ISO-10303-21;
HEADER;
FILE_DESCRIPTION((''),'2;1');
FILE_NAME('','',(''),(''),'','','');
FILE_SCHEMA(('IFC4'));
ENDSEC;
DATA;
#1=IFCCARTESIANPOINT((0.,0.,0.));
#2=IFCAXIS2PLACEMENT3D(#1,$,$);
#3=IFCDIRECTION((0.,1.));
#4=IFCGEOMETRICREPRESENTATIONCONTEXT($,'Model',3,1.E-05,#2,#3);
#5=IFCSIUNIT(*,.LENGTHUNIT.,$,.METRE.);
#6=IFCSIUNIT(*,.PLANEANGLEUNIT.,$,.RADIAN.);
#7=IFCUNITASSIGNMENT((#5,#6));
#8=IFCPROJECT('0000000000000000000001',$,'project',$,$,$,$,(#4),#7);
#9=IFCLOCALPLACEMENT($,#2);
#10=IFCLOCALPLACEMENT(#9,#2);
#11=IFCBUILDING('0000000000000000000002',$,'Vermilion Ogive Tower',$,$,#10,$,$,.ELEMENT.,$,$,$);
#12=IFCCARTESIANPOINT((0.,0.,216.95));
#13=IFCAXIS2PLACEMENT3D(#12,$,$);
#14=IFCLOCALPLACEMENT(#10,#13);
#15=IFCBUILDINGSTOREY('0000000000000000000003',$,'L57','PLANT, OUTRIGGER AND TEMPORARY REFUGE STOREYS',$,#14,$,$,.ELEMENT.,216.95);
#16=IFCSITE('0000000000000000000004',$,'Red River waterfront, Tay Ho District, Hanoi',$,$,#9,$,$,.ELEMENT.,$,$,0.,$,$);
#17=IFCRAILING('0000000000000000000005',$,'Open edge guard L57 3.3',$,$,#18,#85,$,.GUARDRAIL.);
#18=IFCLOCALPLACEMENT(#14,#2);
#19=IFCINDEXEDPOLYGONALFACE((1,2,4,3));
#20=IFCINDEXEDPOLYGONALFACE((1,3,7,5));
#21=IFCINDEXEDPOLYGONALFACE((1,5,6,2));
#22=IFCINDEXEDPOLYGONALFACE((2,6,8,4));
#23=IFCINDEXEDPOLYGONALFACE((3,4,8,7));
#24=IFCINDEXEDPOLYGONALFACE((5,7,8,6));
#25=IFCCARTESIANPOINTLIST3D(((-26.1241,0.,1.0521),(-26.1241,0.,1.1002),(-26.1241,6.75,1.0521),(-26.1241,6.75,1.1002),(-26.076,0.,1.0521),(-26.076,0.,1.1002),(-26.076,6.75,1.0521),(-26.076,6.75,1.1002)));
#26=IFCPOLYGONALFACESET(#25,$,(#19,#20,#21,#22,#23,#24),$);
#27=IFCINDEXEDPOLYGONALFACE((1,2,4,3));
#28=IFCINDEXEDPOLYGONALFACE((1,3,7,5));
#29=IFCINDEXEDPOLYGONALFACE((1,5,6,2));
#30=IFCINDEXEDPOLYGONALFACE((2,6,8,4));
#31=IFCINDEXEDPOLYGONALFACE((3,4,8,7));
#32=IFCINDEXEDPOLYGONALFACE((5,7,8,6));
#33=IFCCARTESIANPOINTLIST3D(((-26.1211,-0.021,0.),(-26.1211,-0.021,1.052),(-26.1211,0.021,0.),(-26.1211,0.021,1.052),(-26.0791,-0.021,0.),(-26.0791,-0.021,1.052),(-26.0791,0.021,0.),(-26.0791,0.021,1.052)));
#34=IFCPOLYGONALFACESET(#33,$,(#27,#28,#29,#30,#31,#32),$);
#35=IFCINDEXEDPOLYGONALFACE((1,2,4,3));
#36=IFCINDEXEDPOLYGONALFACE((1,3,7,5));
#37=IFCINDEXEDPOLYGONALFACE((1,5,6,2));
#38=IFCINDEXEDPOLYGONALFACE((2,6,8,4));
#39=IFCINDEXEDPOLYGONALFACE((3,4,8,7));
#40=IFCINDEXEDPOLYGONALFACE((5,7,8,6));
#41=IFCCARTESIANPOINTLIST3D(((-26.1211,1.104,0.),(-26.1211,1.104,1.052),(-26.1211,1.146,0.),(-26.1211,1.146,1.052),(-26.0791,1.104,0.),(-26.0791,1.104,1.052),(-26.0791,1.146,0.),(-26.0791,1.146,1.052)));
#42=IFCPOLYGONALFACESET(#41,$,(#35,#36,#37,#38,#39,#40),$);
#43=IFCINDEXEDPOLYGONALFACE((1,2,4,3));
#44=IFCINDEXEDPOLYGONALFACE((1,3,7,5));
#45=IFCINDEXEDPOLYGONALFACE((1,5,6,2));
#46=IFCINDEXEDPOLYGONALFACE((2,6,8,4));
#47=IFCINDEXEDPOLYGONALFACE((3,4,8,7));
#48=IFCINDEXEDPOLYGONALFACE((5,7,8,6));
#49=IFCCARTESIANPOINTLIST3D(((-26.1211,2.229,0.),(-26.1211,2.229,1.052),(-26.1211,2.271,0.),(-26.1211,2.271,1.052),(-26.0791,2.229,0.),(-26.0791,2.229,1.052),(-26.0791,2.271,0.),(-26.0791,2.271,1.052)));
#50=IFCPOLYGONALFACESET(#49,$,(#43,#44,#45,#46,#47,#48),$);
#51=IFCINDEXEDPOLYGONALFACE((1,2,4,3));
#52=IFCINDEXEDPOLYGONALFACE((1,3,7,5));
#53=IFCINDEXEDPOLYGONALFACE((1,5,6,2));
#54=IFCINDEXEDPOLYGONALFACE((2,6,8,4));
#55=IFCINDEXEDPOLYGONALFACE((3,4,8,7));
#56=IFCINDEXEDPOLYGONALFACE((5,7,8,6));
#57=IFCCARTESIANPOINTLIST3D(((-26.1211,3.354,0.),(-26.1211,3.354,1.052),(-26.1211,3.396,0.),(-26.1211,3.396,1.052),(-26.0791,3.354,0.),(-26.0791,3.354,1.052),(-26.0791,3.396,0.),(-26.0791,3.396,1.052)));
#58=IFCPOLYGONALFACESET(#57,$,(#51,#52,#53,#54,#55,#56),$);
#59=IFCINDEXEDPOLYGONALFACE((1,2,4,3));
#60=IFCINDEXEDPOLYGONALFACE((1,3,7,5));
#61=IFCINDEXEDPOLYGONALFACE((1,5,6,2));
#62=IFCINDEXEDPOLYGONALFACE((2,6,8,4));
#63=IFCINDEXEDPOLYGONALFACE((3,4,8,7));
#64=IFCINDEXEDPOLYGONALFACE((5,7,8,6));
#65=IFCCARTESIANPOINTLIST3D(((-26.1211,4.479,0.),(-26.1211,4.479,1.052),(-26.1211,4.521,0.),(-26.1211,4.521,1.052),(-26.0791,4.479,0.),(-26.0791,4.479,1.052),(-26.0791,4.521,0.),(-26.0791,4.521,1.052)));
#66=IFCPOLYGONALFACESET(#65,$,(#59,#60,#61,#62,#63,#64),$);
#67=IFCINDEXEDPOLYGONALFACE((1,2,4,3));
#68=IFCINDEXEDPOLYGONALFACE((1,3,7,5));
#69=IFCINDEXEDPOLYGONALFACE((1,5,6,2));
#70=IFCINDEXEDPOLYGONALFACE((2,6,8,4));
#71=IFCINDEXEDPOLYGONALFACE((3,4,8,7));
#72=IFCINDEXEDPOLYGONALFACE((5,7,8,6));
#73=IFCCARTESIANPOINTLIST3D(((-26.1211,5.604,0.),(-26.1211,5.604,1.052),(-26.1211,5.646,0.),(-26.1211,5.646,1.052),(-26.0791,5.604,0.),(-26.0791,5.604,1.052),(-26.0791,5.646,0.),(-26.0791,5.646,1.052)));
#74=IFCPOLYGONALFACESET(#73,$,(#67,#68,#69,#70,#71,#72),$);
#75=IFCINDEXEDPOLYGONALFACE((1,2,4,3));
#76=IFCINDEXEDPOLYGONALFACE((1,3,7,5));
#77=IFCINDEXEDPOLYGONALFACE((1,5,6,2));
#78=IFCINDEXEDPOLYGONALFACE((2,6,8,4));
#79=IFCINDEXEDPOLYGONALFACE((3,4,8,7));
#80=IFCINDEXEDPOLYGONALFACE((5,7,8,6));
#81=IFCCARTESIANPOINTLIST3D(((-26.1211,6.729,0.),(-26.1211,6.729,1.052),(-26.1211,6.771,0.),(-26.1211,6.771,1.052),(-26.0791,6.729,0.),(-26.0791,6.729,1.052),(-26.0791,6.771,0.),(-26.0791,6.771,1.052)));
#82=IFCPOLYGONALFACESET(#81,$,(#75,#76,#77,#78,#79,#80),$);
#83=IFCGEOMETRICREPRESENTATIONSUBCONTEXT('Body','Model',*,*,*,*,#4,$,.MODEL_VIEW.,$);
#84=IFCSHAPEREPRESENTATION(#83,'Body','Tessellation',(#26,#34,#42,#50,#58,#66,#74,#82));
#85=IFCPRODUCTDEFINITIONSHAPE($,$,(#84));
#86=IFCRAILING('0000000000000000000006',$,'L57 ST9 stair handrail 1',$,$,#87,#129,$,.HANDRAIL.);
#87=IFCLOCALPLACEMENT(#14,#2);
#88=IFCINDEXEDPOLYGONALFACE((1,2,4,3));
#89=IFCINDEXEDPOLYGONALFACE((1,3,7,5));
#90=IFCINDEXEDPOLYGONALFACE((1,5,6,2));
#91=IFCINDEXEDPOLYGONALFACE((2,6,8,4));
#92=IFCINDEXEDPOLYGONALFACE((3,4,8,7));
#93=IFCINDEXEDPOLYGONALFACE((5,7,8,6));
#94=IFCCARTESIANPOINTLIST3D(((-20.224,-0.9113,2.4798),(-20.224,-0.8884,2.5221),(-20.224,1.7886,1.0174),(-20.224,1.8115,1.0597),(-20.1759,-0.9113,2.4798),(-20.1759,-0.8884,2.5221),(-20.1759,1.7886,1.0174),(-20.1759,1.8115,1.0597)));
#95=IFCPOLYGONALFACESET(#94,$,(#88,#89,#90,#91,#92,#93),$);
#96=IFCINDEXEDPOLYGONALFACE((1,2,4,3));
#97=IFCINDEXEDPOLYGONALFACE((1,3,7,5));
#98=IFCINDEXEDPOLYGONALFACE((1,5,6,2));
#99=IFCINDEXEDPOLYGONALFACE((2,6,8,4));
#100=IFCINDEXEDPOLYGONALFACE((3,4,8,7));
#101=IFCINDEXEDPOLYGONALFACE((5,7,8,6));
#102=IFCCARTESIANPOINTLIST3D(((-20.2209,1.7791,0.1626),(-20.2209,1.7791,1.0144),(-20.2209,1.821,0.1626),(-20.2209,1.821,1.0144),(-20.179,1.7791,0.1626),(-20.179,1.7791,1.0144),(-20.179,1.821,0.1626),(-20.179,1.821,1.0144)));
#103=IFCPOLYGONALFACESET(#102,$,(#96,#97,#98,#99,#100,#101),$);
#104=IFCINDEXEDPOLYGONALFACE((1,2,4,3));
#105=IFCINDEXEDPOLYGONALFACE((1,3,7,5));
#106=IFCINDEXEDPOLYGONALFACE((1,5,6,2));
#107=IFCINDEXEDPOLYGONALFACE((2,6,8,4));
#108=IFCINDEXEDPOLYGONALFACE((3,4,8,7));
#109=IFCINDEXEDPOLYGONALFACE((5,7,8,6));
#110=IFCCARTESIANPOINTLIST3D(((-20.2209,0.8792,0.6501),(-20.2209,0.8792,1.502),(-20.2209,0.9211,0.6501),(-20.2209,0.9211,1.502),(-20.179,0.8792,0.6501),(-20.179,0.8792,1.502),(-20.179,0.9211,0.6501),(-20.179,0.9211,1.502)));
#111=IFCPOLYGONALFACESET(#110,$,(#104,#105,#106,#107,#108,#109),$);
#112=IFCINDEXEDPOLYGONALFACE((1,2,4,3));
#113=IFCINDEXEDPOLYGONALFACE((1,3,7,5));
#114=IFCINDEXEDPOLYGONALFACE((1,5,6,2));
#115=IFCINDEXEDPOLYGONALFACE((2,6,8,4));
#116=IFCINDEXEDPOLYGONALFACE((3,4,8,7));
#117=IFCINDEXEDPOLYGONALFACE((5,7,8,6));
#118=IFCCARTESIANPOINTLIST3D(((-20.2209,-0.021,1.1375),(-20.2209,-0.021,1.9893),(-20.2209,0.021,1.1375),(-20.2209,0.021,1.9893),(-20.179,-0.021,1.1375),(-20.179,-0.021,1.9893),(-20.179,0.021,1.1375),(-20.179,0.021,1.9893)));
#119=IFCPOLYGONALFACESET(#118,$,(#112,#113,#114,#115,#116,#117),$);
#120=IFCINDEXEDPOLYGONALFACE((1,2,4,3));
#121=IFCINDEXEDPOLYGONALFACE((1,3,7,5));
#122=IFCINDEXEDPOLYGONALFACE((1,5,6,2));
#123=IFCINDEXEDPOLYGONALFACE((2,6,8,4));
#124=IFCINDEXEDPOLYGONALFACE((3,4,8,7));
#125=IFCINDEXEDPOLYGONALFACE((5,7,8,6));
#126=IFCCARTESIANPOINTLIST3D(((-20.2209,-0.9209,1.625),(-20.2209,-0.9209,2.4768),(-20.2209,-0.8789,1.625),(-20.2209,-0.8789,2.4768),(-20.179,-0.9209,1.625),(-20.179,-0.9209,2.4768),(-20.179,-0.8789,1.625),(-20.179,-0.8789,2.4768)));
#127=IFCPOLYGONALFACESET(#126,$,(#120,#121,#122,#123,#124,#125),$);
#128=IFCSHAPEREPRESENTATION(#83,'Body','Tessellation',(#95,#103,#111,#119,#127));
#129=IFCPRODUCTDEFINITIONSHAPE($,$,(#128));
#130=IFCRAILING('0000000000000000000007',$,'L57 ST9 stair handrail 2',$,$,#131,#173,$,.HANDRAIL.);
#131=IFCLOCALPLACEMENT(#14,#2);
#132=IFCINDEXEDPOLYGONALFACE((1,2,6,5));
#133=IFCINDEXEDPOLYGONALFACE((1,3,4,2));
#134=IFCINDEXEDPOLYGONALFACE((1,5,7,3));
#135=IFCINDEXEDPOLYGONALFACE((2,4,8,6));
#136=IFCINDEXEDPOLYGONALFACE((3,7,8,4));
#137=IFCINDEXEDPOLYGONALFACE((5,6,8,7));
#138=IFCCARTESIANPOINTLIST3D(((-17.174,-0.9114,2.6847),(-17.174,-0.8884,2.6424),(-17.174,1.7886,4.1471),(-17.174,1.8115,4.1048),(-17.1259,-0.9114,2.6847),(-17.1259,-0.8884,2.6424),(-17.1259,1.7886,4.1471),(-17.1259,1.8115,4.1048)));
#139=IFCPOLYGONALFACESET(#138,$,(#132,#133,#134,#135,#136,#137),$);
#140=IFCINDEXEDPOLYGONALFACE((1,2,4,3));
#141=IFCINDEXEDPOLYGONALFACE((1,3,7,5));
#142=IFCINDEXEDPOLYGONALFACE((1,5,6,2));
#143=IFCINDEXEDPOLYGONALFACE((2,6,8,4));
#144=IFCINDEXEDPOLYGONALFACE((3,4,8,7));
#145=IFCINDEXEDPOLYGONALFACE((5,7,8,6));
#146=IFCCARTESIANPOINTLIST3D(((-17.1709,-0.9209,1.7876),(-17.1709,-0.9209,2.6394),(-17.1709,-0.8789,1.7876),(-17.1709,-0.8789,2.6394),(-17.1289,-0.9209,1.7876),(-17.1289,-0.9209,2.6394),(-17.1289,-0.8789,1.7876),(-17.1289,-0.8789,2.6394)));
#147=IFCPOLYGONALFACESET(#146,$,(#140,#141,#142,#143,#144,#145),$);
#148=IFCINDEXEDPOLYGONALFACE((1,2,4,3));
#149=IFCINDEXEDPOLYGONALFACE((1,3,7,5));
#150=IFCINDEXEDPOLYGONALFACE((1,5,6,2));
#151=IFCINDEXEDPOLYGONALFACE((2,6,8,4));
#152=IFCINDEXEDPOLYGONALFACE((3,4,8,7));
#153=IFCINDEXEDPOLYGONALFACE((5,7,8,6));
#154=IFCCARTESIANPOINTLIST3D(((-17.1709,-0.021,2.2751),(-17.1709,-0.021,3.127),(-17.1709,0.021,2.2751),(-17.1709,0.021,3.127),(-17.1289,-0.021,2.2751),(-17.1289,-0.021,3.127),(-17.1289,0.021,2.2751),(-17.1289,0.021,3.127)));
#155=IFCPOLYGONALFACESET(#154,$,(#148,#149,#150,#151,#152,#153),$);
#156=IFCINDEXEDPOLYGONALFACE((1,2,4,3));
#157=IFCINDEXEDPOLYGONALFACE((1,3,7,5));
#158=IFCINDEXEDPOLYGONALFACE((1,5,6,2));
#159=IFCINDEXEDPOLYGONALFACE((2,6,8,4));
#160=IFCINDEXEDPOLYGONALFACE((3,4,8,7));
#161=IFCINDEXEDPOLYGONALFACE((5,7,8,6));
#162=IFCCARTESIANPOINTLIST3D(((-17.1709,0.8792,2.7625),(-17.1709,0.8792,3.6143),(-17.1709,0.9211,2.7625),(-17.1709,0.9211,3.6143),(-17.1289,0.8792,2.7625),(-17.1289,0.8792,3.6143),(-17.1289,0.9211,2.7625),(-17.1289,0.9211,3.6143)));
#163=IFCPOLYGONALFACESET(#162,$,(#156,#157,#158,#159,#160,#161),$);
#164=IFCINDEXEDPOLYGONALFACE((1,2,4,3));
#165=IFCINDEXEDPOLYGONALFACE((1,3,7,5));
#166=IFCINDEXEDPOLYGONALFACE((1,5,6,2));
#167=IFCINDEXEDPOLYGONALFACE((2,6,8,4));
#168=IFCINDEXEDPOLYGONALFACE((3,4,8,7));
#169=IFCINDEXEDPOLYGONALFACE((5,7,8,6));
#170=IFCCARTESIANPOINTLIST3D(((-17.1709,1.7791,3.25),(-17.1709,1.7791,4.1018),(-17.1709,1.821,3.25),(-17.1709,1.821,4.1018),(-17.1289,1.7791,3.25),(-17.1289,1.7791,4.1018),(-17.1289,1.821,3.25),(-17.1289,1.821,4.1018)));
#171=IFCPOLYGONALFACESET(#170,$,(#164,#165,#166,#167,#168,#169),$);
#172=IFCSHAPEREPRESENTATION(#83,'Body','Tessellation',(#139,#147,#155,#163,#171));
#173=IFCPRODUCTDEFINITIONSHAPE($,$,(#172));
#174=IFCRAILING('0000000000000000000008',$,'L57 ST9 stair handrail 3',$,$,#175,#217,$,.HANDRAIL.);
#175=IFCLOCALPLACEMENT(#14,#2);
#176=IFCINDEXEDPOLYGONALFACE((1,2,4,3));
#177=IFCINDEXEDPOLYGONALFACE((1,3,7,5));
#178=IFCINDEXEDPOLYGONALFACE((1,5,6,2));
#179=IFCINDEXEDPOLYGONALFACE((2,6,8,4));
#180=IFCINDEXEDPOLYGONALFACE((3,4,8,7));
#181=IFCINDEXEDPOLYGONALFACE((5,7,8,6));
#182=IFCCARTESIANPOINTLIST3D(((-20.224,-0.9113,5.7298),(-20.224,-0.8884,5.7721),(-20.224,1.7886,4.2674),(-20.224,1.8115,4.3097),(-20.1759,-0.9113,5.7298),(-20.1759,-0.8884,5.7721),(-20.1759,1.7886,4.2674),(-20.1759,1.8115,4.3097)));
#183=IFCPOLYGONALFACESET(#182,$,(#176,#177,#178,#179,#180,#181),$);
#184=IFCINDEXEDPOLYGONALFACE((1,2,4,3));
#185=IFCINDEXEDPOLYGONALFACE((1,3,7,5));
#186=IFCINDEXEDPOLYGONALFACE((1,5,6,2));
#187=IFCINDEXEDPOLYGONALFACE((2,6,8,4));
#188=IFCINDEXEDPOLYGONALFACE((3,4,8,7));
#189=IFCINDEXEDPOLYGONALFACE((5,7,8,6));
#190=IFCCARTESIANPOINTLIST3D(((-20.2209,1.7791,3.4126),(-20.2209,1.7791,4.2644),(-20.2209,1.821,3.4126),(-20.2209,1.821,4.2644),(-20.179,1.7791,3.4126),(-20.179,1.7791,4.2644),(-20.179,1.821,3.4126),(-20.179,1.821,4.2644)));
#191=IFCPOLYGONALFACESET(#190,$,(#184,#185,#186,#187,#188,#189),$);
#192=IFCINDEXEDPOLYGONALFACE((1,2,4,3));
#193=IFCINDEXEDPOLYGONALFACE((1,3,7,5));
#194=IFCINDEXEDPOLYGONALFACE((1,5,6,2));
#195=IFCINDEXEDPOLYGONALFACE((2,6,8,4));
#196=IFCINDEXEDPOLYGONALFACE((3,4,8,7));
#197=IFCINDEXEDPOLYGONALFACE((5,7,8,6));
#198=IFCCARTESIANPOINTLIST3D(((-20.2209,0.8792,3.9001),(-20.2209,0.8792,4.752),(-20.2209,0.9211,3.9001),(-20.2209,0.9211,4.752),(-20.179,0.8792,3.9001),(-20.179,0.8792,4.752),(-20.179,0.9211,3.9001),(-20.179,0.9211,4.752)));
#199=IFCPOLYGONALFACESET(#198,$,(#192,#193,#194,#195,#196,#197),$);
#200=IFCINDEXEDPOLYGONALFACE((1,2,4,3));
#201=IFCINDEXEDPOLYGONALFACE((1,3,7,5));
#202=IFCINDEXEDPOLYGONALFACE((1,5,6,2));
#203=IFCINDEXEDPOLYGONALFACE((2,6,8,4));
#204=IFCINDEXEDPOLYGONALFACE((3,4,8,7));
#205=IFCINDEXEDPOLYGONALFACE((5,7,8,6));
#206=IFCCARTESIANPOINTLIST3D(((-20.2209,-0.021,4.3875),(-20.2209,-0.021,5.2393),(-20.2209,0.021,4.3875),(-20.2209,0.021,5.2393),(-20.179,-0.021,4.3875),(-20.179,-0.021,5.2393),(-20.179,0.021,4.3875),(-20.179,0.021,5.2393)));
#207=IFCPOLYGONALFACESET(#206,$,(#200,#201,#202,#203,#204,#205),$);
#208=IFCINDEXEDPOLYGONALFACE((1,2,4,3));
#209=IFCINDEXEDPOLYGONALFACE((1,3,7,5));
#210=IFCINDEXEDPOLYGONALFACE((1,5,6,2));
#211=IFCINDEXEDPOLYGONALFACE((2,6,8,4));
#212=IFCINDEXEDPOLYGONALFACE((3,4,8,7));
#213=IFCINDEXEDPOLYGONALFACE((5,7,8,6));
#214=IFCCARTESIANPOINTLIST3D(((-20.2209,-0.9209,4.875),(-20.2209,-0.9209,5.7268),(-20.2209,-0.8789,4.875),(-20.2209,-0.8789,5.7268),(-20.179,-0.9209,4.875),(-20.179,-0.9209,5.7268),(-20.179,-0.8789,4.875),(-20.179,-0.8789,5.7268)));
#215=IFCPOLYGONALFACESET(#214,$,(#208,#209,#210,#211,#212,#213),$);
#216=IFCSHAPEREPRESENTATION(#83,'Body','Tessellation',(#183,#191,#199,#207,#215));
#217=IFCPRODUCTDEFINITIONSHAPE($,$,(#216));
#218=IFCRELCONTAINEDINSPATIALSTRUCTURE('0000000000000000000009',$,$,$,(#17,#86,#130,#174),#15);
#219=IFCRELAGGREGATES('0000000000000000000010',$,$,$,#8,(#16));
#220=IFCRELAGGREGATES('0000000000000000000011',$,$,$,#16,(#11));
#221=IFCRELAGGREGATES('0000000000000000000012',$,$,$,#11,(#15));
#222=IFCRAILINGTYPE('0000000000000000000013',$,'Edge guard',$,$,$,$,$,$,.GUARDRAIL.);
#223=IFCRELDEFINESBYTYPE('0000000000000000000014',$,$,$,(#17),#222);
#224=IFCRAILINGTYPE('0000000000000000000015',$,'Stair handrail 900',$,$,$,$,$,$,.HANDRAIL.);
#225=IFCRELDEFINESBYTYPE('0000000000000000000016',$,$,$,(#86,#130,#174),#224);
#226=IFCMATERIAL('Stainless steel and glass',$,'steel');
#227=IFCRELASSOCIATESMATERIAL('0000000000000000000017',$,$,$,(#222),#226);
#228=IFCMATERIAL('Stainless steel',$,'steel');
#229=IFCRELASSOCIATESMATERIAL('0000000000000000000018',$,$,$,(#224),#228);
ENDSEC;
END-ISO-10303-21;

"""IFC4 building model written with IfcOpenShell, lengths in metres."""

from ifc_helpers import new_model, si_unit, direction, frame, origin, origin_2d, place, context, subcontext, project, spatial, rectangle, extrude, material, type_object, element, save


model = new_model("IFC4")

# Units and contexts
model_context = context("Model", 3, precision=1e-05, world=origin(), true_north=direction((0.0, 1.0)))
body_context = subcontext(model_context, "Body", "Model", "MODEL_VIEW")
ifc_project = project(units=[si_unit("LENGTHUNIT", "METRE"), si_unit("PLANEANGLEUNIT", "RADIAN")], contexts=[model_context])

# Site, building, storey
site_placement = place(None, origin())
site = spatial("IfcSite", under=ifc_project, at=site_placement, Name="Red River waterfront, Tay Ho District, Hanoi", CompositionType="ELEMENT", RefElevation=0.0)
building_placement = place(site_placement, origin())
building = spatial("IfcBuilding", under=site, at=building_placement, Name="Vermilion Ogive Tower", CompositionType="ELEMENT")
storey_placement = place(building_placement, frame((0.0, 0.0, 216.95)))
storey = spatial("IfcBuildingStorey", under=building, at=storey_placement, Name="L57", Description="PLANT, OUTRIGGER AND TEMPORARY REFUGE STOREYS", CompositionType="ELEMENT", Elevation=216.95)

# Railings
ifc_material_1 = material(Name="Stainless steel and glass", Category="steel")
railing_type_1 = type_object("IfcRailingType", Name="Edge guard", PredefinedType="GUARDRAIL", material=ifc_material_1)
railing_1_placement = place(storey_placement, frame((-26.1001, 0.0, 0.0)))
element("IfcRailing", 1, at=railing_1_placement, inside=storey, type_object=railing_type_1, Name="Open edge guard L57 3.3", PredefinedType="GUARDRAIL", context=body_context, shape_type="SweptSolid", body=[
    extrude(rectangle(XDim=0.0481, YDim=0.0481, at=origin_2d()), frame((0.0, 0.0, 1.0762), z_axis=(0.0, 1.0, 0.0), x_axis=(-1.0, 0.0, 0.0)), (0.0, 0.0, 1.0), 6.75),
    extrude(rectangle(XDim=0.042, YDim=0.042, at=origin_2d()), origin(), (0.0, 0.0, 1.0), 1.052),
    extrude(rectangle(XDim=0.042, YDim=0.042, at=origin_2d()), frame((0.0, 1.125, 0.0)), (0.0, 0.0, 1.0), 1.052),
    extrude(rectangle(XDim=0.042, YDim=0.042, at=origin_2d()), frame((0.0, 2.25, 0.0)), (0.0, 0.0, 1.0), 1.052),
    extrude(rectangle(XDim=0.042, YDim=0.042, at=origin_2d()), frame((0.0, 3.375, 0.0)), (0.0, 0.0, 1.0), 1.052),
    extrude(rectangle(XDim=0.042, YDim=0.042, at=origin_2d()), frame((0.0, 4.5, 0.0)), (0.0, 0.0, 1.0), 1.052),
    extrude(rectangle(XDim=0.042, YDim=0.042, at=origin_2d()), frame((0.0, 5.625, 0.0)), (0.0, 0.0, 1.0), 1.052),
    extrude(rectangle(XDim=0.042, YDim=0.042, at=origin_2d()), frame((0.0, 6.75, 0.0)), (0.0, 0.0, 1.0), 1.052),
])
ifc_material_2 = material(Name="Stainless steel", Category="steel")
railing_type_2 = type_object("IfcRailingType", Name="Stair handrail 900", PredefinedType="HANDRAIL", material=ifc_material_2)
railing_2_placement = place(storey_placement, frame((-20.2, 1.8, 0.1626)))
element("IfcRailing", 2, at=railing_2_placement, inside=storey, type_object=railing_type_2, Name="L57 ST9 stair handrail 1", PredefinedType="HANDRAIL", context=body_context, shape_type="SweptSolid", body=[
    extrude(rectangle(XDim=0.0481, YDim=0.0481, at=origin_2d()), frame((0.0, 0.0, 0.876), z_axis=(0.0, -0.879302, 0.476265), x_axis=(1.0, 0.0, 0.0)), (0.0, 0.0, 1.0), 3.0706),
    extrude(rectangle(XDim=0.042, YDim=0.042, at=origin_2d()), origin(), (0.0, 0.0, 1.0), 0.8518),
    extrude(rectangle(XDim=0.042, YDim=0.042, at=origin_2d()), frame((0.0, -0.8999, 0.4875)), (0.0, 0.0, 1.0), 0.8518),
    extrude(rectangle(XDim=0.042, YDim=0.042, at=origin_2d()), frame((0.0, -1.8, 0.9749)), (0.0, 0.0, 1.0), 0.8518),
    extrude(rectangle(XDim=0.042, YDim=0.042, at=origin_2d()), frame((0.0, -2.7, 1.4624)), (0.0, 0.0, 1.0), 0.8518),
])
railing_3_placement = place(storey_placement, frame((-17.1499, -0.8999, 1.7876)))
element("IfcRailing", 3, at=railing_3_placement, inside=storey, type_object=railing_type_2, Name="L57 ST9 stair handrail 2", PredefinedType="HANDRAIL", context=body_context, shape_type="SweptSolid", body=[
    extrude(rectangle(XDim=0.0481, YDim=0.0481, at=origin_2d()), frame((0.0, 0.0, 0.876), z_axis=(0.0, 0.879302, 0.476265), x_axis=(-1.0, 0.0, 0.0)), (0.0, 0.0, 1.0), 3.0706),
    extrude(rectangle(XDim=0.042, YDim=0.042, at=origin_2d()), origin(), (0.0, 0.0, 1.0), 0.8518),
    extrude(rectangle(XDim=0.042, YDim=0.042, at=origin_2d()), frame((0.0, 0.8999, 0.4875)), (0.0, 0.0, 1.0), 0.8518),
    extrude(rectangle(XDim=0.042, YDim=0.042, at=origin_2d()), frame((0.0, 1.8, 0.9749)), (0.0, 0.0, 1.0), 0.8518),
    extrude(rectangle(XDim=0.042, YDim=0.042, at=origin_2d()), frame((0.0, 2.7, 1.4624)), (0.0, 0.0, 1.0), 0.8518),
])
railing_4_placement = place(storey_placement, frame((-20.2, 1.8, 3.4126)))
element("IfcRailing", 4, at=railing_4_placement, inside=storey, type_object=railing_type_2, Name="L57 ST9 stair handrail 3", PredefinedType="HANDRAIL", context=body_context, shape_type="SweptSolid", body=[
    extrude(rectangle(XDim=0.0481, YDim=0.0481, at=origin_2d()), frame((0.0, 0.0, 0.876), z_axis=(0.0, -0.879302, 0.476265), x_axis=(1.0, 0.0, 0.0)), (0.0, 0.0, 1.0), 3.0706),
    extrude(rectangle(XDim=0.042, YDim=0.042, at=origin_2d()), origin(), (0.0, 0.0, 1.0), 0.8518),
    extrude(rectangle(XDim=0.042, YDim=0.042, at=origin_2d()), frame((0.0, -0.8999, 0.4875)), (0.0, 0.0, 1.0), 0.8518),
    extrude(rectangle(XDim=0.042, YDim=0.042, at=origin_2d()), frame((0.0, -1.8, 0.9749)), (0.0, 0.0, 1.0), 0.8518),
    extrude(rectangle(XDim=0.042, YDim=0.042, at=origin_2d()), frame((0.0, -2.7, 1.4624)), (0.0, 0.0, 1.0), 0.8518),
])

save(model, "model.ifc")
